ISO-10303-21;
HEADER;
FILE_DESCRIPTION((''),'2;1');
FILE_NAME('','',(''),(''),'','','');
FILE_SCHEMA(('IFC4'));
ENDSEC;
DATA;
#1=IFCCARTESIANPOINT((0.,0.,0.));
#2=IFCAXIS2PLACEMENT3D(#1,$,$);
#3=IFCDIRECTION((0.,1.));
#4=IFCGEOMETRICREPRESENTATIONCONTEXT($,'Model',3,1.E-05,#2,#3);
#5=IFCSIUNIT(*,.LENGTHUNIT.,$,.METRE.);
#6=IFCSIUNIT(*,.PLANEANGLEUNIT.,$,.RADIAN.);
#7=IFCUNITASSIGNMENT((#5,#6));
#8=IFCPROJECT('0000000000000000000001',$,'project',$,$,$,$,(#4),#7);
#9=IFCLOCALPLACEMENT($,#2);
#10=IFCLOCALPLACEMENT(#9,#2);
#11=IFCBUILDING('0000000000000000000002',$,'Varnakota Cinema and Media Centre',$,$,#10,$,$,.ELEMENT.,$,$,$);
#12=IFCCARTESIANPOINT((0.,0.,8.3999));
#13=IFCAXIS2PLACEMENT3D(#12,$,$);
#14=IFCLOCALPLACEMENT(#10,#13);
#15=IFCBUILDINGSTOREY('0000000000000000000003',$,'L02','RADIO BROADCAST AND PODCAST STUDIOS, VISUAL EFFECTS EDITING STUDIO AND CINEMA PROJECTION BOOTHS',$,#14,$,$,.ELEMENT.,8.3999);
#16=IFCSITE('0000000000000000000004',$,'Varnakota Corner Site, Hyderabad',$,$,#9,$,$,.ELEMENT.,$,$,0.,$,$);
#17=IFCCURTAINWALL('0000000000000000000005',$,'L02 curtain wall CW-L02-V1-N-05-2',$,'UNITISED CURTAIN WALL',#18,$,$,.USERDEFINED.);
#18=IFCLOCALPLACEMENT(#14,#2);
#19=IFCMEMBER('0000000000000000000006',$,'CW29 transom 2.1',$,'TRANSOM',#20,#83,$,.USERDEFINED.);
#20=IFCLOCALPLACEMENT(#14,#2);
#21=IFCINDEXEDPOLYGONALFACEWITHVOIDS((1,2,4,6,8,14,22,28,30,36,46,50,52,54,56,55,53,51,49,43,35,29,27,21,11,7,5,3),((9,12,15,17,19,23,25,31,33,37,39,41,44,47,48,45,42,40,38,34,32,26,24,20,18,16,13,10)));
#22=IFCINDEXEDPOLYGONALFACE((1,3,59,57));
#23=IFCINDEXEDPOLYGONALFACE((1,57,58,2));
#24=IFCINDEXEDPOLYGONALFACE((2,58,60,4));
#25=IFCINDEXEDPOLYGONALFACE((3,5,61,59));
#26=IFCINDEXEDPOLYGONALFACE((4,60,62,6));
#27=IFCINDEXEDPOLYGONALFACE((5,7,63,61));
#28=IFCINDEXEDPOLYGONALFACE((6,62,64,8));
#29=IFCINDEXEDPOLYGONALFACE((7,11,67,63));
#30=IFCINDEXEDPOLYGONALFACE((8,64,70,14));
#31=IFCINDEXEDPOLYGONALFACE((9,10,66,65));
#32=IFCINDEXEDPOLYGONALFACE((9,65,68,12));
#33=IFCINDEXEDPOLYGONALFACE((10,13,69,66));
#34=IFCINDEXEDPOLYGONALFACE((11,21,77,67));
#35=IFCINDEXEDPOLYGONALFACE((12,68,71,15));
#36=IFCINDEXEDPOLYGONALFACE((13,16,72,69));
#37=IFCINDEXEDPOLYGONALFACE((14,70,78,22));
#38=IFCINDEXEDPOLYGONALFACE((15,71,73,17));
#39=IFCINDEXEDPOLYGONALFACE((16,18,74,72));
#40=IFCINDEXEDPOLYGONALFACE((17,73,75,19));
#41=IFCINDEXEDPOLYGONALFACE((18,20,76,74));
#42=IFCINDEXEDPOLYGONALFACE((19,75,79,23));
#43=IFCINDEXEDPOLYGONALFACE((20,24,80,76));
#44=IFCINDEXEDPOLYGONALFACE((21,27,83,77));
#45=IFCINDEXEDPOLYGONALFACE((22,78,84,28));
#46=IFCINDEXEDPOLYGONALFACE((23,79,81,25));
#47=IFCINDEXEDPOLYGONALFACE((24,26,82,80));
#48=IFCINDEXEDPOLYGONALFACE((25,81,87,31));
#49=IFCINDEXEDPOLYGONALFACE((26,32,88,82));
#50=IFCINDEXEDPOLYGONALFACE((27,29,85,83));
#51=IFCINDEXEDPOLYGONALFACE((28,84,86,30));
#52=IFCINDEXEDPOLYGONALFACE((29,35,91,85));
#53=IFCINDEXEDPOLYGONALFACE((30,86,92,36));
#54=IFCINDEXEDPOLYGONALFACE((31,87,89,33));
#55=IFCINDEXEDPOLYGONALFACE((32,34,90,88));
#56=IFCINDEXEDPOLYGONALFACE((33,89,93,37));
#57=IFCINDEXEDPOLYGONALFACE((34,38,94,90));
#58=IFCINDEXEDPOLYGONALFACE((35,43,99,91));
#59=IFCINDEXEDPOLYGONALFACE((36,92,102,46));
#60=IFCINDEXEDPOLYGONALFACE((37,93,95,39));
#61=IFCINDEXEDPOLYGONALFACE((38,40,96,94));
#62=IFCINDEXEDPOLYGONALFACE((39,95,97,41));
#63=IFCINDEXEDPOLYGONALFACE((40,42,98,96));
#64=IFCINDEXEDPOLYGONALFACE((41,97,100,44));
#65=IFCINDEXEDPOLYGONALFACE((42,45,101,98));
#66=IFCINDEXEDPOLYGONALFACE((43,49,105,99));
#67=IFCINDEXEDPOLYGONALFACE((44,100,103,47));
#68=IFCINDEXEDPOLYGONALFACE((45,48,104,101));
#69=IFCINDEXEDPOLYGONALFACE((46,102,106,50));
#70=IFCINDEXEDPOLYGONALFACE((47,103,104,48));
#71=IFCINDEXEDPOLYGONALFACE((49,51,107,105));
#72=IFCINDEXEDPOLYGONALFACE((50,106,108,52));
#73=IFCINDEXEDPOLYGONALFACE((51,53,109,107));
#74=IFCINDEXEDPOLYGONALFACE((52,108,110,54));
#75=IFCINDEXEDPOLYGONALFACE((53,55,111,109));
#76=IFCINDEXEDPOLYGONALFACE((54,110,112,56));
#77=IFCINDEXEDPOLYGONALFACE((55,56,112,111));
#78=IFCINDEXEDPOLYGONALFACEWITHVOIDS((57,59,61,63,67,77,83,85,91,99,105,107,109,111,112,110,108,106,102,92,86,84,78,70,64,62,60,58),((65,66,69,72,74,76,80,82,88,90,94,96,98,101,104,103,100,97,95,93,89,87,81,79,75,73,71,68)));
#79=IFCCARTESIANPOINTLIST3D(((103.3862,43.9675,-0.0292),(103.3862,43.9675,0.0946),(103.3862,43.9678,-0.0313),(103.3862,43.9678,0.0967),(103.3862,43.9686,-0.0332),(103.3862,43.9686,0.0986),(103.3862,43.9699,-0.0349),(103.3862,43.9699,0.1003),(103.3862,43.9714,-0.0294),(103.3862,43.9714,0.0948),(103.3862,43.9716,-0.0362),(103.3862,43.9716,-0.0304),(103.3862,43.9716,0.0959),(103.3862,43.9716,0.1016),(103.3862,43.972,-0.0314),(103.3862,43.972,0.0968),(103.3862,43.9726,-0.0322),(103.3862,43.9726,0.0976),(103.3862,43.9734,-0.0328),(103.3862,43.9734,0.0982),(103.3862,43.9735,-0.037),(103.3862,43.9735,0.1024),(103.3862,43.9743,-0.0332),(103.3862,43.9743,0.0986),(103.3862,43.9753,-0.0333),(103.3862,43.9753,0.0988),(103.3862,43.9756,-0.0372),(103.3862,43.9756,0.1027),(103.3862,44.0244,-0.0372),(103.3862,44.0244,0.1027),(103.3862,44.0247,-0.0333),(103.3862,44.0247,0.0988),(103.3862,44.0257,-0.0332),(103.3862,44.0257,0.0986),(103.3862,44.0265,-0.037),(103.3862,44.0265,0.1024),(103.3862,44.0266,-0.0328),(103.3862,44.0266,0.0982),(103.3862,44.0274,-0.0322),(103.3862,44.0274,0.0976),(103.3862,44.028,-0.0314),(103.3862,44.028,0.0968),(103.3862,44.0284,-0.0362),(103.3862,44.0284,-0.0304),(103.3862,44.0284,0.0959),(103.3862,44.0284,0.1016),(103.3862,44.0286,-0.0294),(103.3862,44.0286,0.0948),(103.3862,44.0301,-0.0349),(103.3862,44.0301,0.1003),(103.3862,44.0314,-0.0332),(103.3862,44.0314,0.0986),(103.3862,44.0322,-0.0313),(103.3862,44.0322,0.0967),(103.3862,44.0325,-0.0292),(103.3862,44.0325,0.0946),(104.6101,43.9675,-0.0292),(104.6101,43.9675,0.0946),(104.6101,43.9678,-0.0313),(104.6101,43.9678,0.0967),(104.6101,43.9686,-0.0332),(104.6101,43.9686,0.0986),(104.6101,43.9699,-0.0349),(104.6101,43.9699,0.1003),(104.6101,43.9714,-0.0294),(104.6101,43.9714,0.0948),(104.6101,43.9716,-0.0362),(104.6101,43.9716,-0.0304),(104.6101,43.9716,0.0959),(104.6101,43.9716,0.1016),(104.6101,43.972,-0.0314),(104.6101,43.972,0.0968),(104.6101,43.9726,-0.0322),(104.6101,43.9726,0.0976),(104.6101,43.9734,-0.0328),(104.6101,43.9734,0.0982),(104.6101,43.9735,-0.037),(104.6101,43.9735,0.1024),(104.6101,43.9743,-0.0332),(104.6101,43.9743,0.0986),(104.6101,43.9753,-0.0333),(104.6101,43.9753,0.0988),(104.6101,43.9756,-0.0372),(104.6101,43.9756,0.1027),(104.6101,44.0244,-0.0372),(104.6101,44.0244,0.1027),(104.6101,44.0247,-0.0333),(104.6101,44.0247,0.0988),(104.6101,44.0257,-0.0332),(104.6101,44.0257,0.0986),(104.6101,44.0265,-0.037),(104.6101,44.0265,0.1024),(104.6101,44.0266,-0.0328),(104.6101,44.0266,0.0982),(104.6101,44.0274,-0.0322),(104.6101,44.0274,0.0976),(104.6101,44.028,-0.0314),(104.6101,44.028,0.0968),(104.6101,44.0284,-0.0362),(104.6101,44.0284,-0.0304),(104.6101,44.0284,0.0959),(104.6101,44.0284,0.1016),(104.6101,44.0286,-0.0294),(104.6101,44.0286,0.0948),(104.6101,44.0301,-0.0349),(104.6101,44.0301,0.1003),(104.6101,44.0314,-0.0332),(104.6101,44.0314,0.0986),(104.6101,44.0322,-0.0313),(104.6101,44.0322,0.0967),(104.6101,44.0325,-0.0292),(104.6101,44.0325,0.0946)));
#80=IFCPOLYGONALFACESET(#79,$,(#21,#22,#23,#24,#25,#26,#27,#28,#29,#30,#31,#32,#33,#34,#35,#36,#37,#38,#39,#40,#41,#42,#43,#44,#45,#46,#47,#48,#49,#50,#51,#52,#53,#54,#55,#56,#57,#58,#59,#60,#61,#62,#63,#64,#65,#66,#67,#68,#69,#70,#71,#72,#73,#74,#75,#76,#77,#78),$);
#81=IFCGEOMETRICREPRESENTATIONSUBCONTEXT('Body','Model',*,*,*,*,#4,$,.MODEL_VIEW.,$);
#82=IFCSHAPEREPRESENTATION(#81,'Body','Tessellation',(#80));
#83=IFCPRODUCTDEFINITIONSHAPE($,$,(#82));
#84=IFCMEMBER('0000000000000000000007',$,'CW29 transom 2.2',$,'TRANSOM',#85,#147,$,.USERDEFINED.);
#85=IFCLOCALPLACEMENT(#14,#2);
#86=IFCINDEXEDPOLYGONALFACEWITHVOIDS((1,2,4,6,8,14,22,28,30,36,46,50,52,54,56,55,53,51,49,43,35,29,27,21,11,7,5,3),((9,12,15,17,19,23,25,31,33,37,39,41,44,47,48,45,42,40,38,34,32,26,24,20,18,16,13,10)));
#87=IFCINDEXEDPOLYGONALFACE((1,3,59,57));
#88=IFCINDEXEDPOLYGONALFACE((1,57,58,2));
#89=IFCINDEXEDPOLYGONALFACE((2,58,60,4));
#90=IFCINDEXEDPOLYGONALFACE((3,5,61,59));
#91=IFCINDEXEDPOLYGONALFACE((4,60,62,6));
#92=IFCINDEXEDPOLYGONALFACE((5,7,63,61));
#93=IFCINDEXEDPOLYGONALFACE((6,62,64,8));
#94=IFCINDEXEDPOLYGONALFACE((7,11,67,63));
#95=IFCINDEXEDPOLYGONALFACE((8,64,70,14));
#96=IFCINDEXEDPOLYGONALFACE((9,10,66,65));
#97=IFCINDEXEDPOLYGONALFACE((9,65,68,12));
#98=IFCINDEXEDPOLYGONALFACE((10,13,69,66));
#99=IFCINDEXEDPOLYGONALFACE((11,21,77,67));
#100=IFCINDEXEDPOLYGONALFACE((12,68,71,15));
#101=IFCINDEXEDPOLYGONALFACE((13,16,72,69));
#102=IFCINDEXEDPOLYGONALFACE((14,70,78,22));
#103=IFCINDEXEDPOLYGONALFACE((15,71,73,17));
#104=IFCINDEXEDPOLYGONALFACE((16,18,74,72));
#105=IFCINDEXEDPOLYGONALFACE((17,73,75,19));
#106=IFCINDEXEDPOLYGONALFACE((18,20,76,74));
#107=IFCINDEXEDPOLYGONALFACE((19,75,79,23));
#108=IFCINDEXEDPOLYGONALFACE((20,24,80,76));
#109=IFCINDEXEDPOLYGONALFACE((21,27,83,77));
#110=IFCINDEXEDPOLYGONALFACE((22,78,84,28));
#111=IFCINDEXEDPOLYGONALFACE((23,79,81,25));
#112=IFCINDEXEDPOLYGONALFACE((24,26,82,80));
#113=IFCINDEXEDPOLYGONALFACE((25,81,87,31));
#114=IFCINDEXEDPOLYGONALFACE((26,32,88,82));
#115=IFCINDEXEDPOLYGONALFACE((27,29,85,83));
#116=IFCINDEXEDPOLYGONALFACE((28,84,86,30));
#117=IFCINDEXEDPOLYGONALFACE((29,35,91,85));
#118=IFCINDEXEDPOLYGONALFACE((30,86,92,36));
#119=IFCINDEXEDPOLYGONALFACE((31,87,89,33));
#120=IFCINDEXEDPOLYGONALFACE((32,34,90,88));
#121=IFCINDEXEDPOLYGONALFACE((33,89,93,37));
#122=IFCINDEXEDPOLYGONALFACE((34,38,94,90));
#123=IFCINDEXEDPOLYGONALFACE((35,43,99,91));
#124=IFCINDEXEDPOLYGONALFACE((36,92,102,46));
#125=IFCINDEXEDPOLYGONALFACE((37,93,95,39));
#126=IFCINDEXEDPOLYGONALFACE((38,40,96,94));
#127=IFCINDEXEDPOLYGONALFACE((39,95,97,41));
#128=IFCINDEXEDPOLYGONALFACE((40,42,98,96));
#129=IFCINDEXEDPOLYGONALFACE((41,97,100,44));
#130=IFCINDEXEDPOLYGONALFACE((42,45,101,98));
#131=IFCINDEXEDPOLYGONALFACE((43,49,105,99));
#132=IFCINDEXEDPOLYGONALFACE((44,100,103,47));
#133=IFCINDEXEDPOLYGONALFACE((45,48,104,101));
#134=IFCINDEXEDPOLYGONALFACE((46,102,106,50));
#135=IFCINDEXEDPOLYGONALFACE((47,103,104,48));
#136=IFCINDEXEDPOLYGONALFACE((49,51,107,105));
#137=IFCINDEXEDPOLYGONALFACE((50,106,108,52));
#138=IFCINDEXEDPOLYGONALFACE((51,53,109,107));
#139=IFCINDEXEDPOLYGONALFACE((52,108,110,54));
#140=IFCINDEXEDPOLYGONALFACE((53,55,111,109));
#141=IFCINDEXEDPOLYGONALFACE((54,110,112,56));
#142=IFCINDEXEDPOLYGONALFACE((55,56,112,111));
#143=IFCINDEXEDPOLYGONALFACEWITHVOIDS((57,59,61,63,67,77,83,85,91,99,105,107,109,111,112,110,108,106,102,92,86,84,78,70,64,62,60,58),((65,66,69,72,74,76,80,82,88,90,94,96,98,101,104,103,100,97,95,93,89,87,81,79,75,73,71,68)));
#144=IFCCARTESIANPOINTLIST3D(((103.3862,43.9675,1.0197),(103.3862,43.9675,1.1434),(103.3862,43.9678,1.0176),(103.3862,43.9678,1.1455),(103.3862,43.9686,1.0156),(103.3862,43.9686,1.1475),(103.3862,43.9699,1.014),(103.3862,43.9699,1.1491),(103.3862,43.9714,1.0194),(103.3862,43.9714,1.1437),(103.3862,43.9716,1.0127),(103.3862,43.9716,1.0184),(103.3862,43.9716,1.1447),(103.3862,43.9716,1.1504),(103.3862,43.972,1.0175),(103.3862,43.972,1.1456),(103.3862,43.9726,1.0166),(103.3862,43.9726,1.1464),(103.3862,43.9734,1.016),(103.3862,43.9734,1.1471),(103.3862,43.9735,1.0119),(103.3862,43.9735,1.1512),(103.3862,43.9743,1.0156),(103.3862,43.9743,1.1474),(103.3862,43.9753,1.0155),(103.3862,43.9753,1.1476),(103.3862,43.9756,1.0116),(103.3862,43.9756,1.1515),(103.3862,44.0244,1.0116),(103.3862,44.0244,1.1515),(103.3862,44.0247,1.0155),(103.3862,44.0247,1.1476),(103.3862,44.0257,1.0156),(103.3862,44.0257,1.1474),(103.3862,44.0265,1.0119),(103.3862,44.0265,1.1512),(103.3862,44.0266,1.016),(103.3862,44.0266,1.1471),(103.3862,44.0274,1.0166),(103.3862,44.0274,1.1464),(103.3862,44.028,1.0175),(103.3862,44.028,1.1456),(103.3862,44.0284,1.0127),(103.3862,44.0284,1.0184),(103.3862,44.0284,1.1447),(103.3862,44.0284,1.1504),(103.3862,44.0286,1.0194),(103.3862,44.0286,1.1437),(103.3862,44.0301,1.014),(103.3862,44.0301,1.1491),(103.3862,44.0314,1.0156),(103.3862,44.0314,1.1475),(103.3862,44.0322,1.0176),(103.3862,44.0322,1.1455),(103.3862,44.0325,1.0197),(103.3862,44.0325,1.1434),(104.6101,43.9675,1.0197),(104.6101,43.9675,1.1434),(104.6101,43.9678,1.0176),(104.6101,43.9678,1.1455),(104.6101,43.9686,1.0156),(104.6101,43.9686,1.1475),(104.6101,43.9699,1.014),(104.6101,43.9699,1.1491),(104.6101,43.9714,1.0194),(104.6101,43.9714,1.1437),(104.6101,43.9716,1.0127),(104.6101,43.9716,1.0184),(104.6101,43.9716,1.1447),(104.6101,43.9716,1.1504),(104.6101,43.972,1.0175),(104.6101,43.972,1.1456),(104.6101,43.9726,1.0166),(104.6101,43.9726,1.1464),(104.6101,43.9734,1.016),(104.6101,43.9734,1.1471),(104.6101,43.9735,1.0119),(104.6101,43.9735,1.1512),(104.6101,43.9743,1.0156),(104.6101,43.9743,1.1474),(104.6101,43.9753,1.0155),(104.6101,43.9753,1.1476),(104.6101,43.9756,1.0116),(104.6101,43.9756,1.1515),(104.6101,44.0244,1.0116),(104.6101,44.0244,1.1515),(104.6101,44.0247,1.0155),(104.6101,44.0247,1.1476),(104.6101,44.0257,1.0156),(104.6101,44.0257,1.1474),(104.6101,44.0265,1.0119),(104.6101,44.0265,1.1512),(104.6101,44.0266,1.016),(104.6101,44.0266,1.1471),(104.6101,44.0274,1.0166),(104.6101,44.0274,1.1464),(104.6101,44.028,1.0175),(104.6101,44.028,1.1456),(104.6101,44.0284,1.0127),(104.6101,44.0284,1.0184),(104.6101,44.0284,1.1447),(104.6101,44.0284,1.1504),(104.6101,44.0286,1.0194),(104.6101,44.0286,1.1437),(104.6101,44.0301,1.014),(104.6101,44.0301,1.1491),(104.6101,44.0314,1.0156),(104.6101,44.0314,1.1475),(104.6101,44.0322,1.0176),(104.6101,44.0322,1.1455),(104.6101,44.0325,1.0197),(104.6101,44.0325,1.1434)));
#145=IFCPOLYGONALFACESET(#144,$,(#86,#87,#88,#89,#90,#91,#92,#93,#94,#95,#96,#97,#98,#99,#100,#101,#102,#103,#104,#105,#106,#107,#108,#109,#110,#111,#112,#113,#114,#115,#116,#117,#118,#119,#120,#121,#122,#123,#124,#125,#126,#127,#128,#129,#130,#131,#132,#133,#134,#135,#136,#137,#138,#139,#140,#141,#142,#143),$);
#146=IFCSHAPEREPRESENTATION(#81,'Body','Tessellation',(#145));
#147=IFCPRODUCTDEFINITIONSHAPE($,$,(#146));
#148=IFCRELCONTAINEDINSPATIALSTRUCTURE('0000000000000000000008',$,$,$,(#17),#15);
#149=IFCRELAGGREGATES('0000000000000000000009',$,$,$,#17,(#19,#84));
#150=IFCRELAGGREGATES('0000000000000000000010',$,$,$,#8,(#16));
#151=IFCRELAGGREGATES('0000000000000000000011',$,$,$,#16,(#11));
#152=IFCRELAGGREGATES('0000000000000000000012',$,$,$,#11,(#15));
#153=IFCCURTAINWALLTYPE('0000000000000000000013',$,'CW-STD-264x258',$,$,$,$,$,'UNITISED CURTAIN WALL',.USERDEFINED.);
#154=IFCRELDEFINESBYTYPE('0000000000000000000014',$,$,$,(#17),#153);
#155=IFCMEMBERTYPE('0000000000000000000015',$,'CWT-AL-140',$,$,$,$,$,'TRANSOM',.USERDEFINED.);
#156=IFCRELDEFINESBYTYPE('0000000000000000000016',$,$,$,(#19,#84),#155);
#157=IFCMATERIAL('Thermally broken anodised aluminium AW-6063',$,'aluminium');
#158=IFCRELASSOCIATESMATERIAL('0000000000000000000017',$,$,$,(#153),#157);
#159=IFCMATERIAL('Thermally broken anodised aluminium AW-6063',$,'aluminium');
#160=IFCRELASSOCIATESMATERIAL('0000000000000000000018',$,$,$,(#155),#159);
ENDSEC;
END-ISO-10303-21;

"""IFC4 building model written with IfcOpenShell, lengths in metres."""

from ifc_helpers import new_model, si_unit, direction, frame, origin, origin_2d, place, context, subcontext, project, spatial, hollow_rectangle, extrude, material, material_profile, profile_set, type_object, element, aggregate, save


model = new_model("IFC4")

# Units and contexts
model_context = context("Model", 3, precision=1e-05, world=origin(), true_north=direction((0.0, 1.0)))
body_context = subcontext(model_context, "Body", "Model", "MODEL_VIEW")
ifc_project = project(units=[si_unit("LENGTHUNIT", "METRE"), si_unit("PLANEANGLEUNIT", "RADIAN")], contexts=[model_context])

# Site, building, storey
site_placement = place(None, origin())
site = spatial("IfcSite", under=ifc_project, at=site_placement, Name="Varnakota Corner Site, Hyderabad", CompositionType="ELEMENT", RefElevation=0.0)
building_placement = place(site_placement, origin())
building = spatial("IfcBuilding", under=site, at=building_placement, Name="Varnakota Cinema and Media Centre", CompositionType="ELEMENT")
storey_placement = place(building_placement, frame((0.0, 0.0, 8.3999)))
storey = spatial("IfcBuildingStorey", under=building, at=storey_placement, Name="L02", Description="RADIO BROADCAST AND PODCAST STUDIOS, VISUAL EFFECTS EDITING STUDIO AND CINEMA PROJECTION BOOTHS", CompositionType="ELEMENT", Elevation=8.3999)

# Curtain wall
ifc_material_1 = material(Name="Thermally broken anodised aluminium AW-6063", Category="aluminium")
curtain_wall_type = type_object("IfcCurtainWallType", Name="CW-STD-264x258", ElementType="UNITISED CURTAIN WALL", PredefinedType="USERDEFINED", material=ifc_material_1)
curtain_wall_1_placement = place(storey_placement, origin())
curtain_wall_1 = element("IfcCurtainWall", 1, at=curtain_wall_1_placement, inside=storey, type_object=curtain_wall_type, Name="L02 curtain wall CW-L02-V1-N-05-2", ObjectType="UNITISED CURTAIN WALL", PredefinedType="USERDEFINED")

# Members
ifc_material_2 = material(Name="Thermally broken anodised aluminium AW-6063", Category="aluminium")
ifc_material_profile_1 = material_profile(ifc_material_2, hollow_rectangle(XDim=0.0649, YDim=0.1399, WallThickness=0.0039, InnerFilletRadius=0.0039, OuterFilletRadius=0.0081, at=origin_2d()), Name="AL-TRANSOM 140x65x4")
ifc_profile_set_1 = profile_set([ifc_material_profile_1], Name="Thermally broken anodised aluminium AW-6063")
member_type_1 = type_object("IfcMemberType", Name="CWT-AL-140", ElementType="TRANSOM", PredefinedType="USERDEFINED", material=ifc_profile_set_1)
member_1_placement = place(storey_placement, frame((103.3862, 44.0, 0.0327), z_axis=(1.0, 0.0, 0.0), x_axis=(0.0, 1.0, 0.0)))
member_1 = element("IfcMember", 2, at=member_1_placement, type_object=member_type_1, Name="CW29 transom 2.1", ObjectType="TRANSOM", PredefinedType="USERDEFINED", context=body_context, shape_type="SweptSolid", body=[
    extrude(hollow_rectangle(XDim=0.0649, YDim=0.1399, WallThickness=0.0039, InnerFilletRadius=0.0039, OuterFilletRadius=0.0081, at=origin_2d()), origin(), (0.0, 0.0, 1.0), 1.2239),
])
member_2_placement = place(storey_placement, frame((103.3862, 44.0, 1.0815), z_axis=(1.0, 0.0, 0.0), x_axis=(0.0, 1.0, 0.0)))
member_2 = element("IfcMember", 3, at=member_2_placement, type_object=member_type_1, Name="CW29 transom 2.2", ObjectType="TRANSOM", PredefinedType="USERDEFINED", context=body_context, shape_type="SweptSolid", body=[
    extrude(hollow_rectangle(XDim=0.0649, YDim=0.1399, WallThickness=0.0039, InnerFilletRadius=0.0039, OuterFilletRadius=0.0081, at=origin_2d()), origin(), (0.0, 0.0, 1.0), 1.2239),
])

aggregate(curtain_wall_1, [member_1, member_2])

save(model, "model.ifc")
